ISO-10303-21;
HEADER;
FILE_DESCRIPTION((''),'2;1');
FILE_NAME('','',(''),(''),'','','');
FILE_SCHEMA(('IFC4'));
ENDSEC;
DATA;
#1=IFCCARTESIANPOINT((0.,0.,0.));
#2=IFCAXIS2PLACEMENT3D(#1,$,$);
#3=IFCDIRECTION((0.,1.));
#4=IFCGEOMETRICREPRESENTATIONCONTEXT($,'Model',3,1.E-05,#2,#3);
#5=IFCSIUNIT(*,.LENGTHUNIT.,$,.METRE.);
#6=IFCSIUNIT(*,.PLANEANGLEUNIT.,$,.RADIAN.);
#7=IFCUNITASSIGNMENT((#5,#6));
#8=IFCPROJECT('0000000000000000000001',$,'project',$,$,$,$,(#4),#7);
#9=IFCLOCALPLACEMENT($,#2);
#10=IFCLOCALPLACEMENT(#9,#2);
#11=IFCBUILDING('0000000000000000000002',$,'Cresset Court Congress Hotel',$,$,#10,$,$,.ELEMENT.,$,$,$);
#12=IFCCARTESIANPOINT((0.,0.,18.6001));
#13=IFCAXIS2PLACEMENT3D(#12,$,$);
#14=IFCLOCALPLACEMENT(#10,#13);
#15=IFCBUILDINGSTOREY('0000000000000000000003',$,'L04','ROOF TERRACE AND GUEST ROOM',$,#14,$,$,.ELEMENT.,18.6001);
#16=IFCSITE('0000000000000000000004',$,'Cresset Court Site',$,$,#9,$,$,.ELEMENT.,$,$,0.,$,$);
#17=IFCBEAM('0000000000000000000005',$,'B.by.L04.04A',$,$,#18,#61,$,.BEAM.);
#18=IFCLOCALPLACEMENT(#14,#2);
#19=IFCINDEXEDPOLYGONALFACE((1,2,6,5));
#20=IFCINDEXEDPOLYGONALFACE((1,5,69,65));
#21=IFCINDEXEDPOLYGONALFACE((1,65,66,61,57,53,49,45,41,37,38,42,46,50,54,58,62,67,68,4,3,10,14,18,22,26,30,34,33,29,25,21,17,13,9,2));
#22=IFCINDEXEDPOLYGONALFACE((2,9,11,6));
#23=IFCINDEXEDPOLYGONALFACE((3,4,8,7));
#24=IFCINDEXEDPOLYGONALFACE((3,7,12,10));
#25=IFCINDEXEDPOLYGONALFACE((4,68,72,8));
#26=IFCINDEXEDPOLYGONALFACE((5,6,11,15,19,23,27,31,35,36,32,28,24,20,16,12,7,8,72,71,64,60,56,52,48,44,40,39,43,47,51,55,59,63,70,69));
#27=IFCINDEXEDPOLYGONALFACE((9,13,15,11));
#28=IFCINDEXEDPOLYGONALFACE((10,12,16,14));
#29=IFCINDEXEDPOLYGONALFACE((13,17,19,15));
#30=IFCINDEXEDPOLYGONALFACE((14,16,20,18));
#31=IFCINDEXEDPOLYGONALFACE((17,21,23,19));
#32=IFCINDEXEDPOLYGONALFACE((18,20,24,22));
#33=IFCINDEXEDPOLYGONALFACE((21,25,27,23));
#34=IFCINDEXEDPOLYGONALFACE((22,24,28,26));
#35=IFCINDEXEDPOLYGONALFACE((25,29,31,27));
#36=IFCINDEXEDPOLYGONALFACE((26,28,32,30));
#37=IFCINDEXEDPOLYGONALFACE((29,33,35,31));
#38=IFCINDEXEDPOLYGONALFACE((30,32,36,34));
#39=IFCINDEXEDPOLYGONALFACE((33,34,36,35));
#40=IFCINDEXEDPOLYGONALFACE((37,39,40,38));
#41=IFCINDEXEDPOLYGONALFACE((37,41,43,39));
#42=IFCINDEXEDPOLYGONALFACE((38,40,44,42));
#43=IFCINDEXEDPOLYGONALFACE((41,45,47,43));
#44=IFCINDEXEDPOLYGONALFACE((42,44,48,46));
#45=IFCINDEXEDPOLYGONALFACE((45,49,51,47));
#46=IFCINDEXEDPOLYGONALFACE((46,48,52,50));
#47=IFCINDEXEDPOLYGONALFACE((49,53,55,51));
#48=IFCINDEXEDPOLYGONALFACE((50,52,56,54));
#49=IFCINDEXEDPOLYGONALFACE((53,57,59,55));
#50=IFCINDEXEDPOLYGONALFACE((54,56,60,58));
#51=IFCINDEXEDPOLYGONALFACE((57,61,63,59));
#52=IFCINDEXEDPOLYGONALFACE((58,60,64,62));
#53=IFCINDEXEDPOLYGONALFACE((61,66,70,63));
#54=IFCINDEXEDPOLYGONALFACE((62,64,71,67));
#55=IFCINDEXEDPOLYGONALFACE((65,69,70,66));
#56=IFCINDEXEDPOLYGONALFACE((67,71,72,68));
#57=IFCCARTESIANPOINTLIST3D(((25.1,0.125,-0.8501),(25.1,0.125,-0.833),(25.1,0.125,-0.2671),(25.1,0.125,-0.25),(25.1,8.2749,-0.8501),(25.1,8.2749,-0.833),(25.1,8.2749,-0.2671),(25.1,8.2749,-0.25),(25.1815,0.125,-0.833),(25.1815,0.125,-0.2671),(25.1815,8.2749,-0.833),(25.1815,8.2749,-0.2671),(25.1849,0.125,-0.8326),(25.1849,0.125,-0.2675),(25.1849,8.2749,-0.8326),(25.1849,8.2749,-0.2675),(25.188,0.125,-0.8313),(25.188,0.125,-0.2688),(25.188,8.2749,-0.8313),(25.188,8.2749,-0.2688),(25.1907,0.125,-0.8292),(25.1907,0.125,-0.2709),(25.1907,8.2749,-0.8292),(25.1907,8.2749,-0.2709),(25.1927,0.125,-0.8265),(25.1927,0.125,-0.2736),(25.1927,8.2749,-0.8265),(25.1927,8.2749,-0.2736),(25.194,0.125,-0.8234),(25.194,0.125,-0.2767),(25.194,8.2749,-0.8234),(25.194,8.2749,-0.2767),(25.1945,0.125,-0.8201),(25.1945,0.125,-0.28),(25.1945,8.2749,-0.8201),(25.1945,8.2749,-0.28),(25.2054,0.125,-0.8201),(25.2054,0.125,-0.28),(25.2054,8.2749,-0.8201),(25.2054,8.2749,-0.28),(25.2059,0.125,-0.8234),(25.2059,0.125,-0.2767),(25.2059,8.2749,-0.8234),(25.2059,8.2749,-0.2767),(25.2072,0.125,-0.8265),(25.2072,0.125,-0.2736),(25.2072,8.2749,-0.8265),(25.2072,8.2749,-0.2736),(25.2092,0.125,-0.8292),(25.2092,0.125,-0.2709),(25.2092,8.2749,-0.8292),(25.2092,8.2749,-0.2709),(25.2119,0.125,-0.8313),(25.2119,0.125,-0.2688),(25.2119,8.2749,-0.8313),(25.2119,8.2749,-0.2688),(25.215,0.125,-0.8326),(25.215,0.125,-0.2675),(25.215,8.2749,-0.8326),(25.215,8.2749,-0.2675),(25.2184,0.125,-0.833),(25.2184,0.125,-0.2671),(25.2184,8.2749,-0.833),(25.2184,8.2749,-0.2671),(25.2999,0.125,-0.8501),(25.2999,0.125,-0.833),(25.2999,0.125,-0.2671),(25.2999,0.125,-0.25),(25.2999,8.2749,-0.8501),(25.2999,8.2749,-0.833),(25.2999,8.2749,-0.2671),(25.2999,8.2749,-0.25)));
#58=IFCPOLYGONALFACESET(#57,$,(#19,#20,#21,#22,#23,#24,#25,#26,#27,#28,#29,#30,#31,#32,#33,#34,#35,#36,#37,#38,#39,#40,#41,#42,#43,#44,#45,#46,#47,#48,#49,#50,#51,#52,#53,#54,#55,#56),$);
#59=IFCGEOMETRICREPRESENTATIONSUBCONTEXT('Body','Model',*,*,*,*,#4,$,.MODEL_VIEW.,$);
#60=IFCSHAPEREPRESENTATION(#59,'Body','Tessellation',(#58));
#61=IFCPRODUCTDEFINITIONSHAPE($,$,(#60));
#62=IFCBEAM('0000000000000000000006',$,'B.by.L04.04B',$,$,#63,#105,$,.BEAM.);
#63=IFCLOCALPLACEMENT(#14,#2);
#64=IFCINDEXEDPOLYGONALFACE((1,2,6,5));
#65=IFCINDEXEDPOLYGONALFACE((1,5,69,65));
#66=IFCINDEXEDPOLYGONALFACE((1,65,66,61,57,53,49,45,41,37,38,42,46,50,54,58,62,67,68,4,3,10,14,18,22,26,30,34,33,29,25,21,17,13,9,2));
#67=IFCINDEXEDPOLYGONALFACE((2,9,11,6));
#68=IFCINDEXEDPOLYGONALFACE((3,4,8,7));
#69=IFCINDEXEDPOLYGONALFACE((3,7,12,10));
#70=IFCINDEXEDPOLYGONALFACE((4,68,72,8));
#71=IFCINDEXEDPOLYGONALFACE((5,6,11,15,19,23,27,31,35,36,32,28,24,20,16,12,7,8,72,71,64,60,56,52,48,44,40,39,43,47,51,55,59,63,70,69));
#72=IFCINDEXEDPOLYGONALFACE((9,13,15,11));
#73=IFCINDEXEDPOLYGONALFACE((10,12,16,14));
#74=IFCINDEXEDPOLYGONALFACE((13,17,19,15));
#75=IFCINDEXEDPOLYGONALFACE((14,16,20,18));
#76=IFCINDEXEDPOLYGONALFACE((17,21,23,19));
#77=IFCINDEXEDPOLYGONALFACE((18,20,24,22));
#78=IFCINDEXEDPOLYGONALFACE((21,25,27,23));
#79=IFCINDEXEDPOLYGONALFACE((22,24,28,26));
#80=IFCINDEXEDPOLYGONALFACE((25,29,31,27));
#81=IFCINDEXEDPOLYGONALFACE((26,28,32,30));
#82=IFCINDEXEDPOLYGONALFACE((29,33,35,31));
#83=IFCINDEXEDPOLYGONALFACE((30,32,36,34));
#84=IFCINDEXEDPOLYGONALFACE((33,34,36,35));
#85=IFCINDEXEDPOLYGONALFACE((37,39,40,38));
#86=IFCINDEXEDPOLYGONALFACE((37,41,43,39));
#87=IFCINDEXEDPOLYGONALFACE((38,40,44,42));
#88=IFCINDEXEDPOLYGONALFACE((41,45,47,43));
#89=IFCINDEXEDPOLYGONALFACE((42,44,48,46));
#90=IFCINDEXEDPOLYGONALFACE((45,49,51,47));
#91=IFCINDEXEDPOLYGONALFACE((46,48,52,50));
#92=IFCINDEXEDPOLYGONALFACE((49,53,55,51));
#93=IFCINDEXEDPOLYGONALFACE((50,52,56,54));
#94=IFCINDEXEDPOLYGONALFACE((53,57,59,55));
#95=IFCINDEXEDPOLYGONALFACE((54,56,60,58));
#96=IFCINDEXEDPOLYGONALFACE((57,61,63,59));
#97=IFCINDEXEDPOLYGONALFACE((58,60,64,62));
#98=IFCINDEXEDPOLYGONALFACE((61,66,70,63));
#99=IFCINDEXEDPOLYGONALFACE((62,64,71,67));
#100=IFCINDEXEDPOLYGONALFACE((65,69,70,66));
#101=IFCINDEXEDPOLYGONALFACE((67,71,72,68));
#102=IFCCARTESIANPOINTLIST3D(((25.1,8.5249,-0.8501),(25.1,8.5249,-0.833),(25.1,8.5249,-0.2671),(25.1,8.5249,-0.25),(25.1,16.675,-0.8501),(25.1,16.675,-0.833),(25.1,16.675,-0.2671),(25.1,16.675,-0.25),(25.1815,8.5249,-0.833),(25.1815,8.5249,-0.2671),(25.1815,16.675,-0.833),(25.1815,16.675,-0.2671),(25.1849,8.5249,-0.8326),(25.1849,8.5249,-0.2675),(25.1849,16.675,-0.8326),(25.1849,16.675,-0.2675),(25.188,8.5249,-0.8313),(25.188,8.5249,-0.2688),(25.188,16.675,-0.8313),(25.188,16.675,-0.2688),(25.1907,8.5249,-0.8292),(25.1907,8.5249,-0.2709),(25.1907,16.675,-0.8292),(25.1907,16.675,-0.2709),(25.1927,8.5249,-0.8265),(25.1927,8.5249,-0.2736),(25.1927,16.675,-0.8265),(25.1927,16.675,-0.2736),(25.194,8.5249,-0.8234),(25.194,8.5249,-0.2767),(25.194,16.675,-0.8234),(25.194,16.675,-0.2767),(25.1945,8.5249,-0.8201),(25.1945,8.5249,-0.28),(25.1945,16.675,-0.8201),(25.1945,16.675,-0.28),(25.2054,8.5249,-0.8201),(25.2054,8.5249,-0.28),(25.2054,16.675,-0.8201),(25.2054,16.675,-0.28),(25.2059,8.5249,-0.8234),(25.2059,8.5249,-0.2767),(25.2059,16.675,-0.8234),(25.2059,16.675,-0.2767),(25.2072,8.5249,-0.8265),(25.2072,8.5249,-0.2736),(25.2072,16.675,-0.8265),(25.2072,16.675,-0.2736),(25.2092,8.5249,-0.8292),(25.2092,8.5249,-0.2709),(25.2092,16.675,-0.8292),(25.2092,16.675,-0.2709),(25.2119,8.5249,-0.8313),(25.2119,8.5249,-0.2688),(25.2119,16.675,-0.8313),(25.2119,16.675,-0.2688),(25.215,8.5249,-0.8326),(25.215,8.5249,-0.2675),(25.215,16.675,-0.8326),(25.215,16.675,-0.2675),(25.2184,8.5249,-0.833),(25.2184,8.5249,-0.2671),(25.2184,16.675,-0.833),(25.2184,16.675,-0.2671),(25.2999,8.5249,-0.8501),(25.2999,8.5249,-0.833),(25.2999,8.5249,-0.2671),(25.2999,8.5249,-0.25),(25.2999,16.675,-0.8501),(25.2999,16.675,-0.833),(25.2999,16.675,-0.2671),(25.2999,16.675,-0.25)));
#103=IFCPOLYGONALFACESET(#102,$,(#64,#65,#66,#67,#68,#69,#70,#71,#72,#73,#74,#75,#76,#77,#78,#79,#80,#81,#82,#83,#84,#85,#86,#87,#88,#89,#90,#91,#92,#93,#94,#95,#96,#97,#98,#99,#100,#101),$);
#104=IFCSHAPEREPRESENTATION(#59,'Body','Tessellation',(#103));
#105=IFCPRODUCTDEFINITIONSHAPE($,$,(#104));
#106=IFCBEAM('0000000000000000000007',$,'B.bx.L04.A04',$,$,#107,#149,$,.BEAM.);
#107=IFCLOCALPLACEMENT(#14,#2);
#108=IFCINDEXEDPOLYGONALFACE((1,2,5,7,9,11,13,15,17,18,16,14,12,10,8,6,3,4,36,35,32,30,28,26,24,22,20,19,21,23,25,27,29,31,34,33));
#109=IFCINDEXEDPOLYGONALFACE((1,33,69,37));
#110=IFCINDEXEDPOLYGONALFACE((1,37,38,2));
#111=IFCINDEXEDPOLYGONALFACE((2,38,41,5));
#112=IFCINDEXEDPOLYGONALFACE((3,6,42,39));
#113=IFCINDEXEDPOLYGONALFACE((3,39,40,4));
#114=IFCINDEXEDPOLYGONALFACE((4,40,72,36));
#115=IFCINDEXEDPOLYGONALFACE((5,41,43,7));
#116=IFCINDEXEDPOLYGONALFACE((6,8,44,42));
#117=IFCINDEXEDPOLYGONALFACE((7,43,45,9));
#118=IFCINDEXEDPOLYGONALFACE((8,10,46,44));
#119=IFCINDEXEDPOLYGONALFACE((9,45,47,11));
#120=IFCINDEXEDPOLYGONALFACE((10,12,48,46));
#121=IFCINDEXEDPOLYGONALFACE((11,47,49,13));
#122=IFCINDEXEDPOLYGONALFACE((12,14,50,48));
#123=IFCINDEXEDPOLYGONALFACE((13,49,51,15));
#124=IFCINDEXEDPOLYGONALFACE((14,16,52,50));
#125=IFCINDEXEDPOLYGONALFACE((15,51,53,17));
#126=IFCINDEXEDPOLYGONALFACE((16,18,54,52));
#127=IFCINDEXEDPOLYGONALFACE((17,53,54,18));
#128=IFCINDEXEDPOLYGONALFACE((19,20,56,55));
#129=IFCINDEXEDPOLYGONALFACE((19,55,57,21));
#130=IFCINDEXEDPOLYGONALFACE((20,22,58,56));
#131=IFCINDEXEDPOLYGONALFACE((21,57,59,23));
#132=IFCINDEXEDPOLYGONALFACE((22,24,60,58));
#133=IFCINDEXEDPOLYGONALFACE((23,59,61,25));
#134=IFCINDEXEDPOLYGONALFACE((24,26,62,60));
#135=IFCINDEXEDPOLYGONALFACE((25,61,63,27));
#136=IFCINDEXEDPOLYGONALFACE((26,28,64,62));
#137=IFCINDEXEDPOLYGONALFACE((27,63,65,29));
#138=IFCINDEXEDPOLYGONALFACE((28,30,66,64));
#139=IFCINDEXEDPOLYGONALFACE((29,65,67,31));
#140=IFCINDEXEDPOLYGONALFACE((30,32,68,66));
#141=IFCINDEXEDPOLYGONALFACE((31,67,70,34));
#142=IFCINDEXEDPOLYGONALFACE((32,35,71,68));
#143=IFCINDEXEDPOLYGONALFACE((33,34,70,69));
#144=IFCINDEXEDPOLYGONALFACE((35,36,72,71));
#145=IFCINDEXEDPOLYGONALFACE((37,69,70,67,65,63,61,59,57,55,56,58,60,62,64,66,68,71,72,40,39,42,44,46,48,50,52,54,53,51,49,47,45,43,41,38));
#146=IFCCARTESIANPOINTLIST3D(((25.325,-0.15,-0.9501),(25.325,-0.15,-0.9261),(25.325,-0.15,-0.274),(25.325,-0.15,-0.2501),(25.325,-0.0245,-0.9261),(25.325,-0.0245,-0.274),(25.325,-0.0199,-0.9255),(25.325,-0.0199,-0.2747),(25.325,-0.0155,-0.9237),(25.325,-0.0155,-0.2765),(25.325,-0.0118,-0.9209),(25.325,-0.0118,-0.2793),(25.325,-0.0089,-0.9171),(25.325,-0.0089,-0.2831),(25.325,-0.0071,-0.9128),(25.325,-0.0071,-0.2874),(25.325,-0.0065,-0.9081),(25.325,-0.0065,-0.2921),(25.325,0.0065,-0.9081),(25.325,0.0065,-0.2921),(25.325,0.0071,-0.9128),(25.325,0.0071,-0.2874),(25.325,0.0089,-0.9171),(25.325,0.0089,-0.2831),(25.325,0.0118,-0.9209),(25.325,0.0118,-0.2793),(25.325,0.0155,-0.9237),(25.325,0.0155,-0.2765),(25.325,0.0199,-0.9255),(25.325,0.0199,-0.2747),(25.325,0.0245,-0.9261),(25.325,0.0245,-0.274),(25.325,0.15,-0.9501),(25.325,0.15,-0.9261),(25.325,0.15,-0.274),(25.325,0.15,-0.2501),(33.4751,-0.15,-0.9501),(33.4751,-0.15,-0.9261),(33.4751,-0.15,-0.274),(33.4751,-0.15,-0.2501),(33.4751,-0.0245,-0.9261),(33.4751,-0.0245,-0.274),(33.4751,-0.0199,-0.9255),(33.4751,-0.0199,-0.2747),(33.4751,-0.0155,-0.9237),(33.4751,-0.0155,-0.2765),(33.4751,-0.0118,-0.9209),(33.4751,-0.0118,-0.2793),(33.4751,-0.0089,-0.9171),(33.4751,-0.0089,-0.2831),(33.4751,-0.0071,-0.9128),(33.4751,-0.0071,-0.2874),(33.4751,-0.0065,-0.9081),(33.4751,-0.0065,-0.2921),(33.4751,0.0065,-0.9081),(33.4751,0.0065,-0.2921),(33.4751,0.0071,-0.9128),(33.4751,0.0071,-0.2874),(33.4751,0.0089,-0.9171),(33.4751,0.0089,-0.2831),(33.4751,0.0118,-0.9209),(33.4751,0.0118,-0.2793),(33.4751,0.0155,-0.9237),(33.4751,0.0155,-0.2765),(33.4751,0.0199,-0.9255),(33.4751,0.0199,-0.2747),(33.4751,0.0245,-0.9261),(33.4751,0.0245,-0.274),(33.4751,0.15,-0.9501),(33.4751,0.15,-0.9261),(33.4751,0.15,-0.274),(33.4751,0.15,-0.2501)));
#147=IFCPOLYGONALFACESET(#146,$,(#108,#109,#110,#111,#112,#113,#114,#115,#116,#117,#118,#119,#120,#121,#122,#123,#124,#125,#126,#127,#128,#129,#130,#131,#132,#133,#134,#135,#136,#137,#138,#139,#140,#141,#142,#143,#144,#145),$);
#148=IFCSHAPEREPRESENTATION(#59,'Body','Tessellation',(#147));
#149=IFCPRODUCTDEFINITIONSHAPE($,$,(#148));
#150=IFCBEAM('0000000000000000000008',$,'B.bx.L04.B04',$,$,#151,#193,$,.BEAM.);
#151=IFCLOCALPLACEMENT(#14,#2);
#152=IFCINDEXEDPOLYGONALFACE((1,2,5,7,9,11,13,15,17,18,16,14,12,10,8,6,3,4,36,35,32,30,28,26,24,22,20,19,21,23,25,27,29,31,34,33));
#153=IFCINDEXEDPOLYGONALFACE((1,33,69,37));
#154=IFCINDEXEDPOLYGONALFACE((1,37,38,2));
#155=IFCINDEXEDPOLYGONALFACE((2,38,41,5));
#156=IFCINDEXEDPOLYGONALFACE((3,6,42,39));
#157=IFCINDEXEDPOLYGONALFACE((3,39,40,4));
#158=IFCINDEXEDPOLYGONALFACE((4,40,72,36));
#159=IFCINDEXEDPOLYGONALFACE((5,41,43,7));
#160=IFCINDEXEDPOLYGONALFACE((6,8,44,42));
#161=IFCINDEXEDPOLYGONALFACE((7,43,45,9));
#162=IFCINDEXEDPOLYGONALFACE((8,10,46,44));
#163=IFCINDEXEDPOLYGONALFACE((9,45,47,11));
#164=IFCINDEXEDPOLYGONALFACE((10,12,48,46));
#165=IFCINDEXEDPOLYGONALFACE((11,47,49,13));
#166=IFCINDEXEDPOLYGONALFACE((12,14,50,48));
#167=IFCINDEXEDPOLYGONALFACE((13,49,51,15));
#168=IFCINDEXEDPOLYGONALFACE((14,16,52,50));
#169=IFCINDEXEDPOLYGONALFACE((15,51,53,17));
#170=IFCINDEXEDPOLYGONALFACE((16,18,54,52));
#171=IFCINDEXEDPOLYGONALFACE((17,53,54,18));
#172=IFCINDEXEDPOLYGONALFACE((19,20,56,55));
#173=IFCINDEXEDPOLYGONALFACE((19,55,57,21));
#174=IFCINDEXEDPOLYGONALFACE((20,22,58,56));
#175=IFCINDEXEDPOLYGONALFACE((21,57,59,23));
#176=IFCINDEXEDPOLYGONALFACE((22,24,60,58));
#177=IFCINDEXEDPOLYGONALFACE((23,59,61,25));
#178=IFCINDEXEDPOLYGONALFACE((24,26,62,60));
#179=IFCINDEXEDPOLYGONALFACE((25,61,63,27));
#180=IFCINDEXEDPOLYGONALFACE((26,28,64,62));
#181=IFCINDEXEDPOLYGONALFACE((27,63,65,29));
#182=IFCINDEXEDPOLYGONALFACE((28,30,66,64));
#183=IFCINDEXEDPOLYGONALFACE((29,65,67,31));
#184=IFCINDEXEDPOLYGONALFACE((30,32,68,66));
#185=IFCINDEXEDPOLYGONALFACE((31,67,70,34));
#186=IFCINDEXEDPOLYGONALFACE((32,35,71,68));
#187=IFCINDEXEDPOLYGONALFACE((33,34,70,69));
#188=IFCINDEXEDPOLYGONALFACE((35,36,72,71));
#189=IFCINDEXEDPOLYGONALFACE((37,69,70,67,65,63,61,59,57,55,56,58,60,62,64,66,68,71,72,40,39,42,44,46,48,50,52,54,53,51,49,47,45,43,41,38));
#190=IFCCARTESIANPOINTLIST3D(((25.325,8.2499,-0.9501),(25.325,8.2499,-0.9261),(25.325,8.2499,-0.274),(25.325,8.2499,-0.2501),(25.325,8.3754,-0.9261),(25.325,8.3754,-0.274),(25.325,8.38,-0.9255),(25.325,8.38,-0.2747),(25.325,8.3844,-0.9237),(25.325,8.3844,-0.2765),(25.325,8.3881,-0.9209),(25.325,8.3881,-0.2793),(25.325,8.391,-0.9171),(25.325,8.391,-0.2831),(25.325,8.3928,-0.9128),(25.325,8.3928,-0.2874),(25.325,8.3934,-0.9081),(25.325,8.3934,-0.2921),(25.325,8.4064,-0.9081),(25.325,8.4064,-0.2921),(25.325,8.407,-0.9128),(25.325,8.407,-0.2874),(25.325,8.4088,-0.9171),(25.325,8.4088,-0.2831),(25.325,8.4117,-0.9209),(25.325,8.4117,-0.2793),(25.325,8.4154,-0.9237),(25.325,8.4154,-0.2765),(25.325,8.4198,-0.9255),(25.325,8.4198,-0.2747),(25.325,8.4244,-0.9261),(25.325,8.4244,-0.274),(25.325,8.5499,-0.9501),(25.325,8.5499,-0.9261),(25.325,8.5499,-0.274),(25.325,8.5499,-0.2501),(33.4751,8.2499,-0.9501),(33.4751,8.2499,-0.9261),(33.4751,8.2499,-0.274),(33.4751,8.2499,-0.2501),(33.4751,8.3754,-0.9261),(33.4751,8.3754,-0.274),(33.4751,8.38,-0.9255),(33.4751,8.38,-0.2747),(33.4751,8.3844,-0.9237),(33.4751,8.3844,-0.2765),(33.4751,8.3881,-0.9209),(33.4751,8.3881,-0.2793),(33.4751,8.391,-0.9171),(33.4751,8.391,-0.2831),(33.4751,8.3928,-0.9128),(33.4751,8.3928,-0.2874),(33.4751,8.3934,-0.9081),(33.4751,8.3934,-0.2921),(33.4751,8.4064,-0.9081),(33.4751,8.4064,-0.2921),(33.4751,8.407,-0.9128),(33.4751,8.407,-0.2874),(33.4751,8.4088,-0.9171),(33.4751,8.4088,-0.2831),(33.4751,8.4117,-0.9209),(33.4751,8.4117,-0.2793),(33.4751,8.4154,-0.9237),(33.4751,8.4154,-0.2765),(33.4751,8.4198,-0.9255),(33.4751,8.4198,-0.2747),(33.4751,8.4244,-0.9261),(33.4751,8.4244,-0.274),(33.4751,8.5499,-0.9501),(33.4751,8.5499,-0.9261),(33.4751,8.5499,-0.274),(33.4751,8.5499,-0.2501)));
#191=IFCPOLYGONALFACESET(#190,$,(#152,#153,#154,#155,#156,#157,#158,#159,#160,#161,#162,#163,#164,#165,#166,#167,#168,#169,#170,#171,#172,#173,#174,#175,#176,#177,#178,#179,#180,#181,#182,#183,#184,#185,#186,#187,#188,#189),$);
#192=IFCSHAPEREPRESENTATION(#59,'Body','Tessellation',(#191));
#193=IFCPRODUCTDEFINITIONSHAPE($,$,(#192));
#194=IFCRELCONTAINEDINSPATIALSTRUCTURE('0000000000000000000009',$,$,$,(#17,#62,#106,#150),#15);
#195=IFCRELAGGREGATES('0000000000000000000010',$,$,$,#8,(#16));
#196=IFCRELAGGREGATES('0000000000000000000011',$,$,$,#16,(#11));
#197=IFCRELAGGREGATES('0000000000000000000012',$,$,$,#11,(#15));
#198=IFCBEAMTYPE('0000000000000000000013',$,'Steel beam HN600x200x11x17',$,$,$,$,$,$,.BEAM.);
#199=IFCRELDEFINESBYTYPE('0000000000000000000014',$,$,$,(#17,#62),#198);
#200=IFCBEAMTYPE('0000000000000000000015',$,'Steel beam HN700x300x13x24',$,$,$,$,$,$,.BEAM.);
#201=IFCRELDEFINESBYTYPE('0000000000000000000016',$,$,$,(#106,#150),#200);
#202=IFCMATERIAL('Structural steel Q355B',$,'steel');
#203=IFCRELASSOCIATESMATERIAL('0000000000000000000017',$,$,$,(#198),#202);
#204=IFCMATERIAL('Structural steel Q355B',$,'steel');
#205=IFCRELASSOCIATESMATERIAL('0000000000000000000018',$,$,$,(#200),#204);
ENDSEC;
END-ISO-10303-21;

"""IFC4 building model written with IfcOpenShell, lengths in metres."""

from ifc_helpers import new_model, si_unit, direction, frame, origin, origin_2d, place, context, subcontext, project, spatial, i_section, extrude, material, material_profile, profile_set, type_object, element, save


model = new_model("IFC4")

# Units and contexts
model_context = context("Model", 3, precision=1e-05, world=origin(), true_north=direction((0.0, 1.0)))
body_context = subcontext(model_context, "Body", "Model", "MODEL_VIEW")
ifc_project = project(units=[si_unit("LENGTHUNIT", "METRE"), si_unit("PLANEANGLEUNIT", "RADIAN")], contexts=[model_context])

# Site, building, storey
site_placement = place(None, origin())
site = spatial("IfcSite", under=ifc_project, at=site_placement, Name="Cresset Court Site", CompositionType="ELEMENT", RefElevation=0.0)
building_placement = place(site_placement, origin())
building = spatial("IfcBuilding", under=site, at=building_placement, Name="Cresset Court Congress Hotel", CompositionType="ELEMENT")
storey_placement = place(building_placement, frame((0.0, 0.0, 18.6001)))
storey = spatial("IfcBuildingStorey", under=building, at=storey_placement, Name="L04", Description="ROOF TERRACE AND GUEST ROOM", CompositionType="ELEMENT", Elevation=18.6001)

# Beams
ifc_material_1 = material(Name="Structural steel Q355B", Category="steel")
ifc_material_profile_1 = material_profile(ifc_material_1, i_section(OverallWidth=0.2, OverallDepth=0.6001, WebThickness=0.011, FlangeThickness=0.0171, FilletRadius=0.0129, at=origin_2d()), Name="HN600x200x11x17")
ifc_profile_set_1 = profile_set([ifc_material_profile_1], Name="Structural steel Q355B")
beam_type_1 = type_object("IfcBeamType", Name="Steel beam HN600x200x11x17", PredefinedType="BEAM", material=ifc_profile_set_1)
beam_1_placement = place(storey_placement, frame((25.2, 0.125, -0.55), z_axis=(0.0, 1.0, 0.0), x_axis=(-1.0, 0.0, 0.0)))
element("IfcBeam", 1, at=beam_1_placement, inside=storey, type_object=beam_type_1, Name="B.by.L04.04A", PredefinedType="BEAM", context=body_context, shape_type="SweptSolid", body=[
    extrude(i_section(OverallWidth=0.2, OverallDepth=0.6001, WebThickness=0.011, FlangeThickness=0.0171, FilletRadius=0.0129, at=origin_2d()), origin(), (0.0, 0.0, 1.0), 8.1499),
])
beam_2_placement = place(storey_placement, frame((25.2, 8.5249, -0.55), z_axis=(0.0, 1.0, 0.0), x_axis=(-1.0, 0.0, 0.0)))
element("IfcBeam", 2, at=beam_2_placement, inside=storey, type_object=beam_type_1, Name="B.by.L04.04B", PredefinedType="BEAM", context=body_context, shape_type="SweptSolid", body=[
    extrude(i_section(OverallWidth=0.2, OverallDepth=0.6001, WebThickness=0.011, FlangeThickness=0.0171, FilletRadius=0.0129, at=origin_2d()), origin(), (0.0, 0.0, 1.0), 8.1501),
])
ifc_material_2 = material(Name="Structural steel Q355B", Category="steel")
ifc_material_profile_2 = material_profile(ifc_material_2, i_section(OverallWidth=0.3, OverallDepth=0.7, WebThickness=0.0129, FlangeThickness=0.0239, FilletRadius=0.0181, at=origin_2d()), Name="HN700x300x13x24")
ifc_profile_set_2 = profile_set([ifc_material_profile_2], Name="Structural steel Q355B")
beam_type_2 = type_object("IfcBeamType", Name="Steel beam HN700x300x13x24", PredefinedType="BEAM", material=ifc_profile_set_2)
for number, where, z_axis, x_axis, name in (
    (3, (25.325, 0.0, -0.6001), (1.0, 0.0, 0.0), (0.0, 1.0, 0.0), "B.bx.L04.A04"),
    (4, (25.325, 8.3999, -0.6001), (1.0, 0.0, 0.0), (0.0, 1.0, 0.0), "B.bx.L04.B04"),
):
    element("IfcBeam", number, at=place(storey_placement, frame(where, z_axis=z_axis, x_axis=x_axis)), inside=storey, type_object=beam_type_2, Name=name, PredefinedType="BEAM", context=body_context, shape_type="SweptSolid", body=[
        extrude(i_section(OverallWidth=0.3, OverallDepth=0.7, WebThickness=0.0129, FlangeThickness=0.0239, FilletRadius=0.0181, at=origin_2d()), origin(), (0.0, 0.0, 1.0), 8.1501),
    ])

save(model, "model.ifc")
